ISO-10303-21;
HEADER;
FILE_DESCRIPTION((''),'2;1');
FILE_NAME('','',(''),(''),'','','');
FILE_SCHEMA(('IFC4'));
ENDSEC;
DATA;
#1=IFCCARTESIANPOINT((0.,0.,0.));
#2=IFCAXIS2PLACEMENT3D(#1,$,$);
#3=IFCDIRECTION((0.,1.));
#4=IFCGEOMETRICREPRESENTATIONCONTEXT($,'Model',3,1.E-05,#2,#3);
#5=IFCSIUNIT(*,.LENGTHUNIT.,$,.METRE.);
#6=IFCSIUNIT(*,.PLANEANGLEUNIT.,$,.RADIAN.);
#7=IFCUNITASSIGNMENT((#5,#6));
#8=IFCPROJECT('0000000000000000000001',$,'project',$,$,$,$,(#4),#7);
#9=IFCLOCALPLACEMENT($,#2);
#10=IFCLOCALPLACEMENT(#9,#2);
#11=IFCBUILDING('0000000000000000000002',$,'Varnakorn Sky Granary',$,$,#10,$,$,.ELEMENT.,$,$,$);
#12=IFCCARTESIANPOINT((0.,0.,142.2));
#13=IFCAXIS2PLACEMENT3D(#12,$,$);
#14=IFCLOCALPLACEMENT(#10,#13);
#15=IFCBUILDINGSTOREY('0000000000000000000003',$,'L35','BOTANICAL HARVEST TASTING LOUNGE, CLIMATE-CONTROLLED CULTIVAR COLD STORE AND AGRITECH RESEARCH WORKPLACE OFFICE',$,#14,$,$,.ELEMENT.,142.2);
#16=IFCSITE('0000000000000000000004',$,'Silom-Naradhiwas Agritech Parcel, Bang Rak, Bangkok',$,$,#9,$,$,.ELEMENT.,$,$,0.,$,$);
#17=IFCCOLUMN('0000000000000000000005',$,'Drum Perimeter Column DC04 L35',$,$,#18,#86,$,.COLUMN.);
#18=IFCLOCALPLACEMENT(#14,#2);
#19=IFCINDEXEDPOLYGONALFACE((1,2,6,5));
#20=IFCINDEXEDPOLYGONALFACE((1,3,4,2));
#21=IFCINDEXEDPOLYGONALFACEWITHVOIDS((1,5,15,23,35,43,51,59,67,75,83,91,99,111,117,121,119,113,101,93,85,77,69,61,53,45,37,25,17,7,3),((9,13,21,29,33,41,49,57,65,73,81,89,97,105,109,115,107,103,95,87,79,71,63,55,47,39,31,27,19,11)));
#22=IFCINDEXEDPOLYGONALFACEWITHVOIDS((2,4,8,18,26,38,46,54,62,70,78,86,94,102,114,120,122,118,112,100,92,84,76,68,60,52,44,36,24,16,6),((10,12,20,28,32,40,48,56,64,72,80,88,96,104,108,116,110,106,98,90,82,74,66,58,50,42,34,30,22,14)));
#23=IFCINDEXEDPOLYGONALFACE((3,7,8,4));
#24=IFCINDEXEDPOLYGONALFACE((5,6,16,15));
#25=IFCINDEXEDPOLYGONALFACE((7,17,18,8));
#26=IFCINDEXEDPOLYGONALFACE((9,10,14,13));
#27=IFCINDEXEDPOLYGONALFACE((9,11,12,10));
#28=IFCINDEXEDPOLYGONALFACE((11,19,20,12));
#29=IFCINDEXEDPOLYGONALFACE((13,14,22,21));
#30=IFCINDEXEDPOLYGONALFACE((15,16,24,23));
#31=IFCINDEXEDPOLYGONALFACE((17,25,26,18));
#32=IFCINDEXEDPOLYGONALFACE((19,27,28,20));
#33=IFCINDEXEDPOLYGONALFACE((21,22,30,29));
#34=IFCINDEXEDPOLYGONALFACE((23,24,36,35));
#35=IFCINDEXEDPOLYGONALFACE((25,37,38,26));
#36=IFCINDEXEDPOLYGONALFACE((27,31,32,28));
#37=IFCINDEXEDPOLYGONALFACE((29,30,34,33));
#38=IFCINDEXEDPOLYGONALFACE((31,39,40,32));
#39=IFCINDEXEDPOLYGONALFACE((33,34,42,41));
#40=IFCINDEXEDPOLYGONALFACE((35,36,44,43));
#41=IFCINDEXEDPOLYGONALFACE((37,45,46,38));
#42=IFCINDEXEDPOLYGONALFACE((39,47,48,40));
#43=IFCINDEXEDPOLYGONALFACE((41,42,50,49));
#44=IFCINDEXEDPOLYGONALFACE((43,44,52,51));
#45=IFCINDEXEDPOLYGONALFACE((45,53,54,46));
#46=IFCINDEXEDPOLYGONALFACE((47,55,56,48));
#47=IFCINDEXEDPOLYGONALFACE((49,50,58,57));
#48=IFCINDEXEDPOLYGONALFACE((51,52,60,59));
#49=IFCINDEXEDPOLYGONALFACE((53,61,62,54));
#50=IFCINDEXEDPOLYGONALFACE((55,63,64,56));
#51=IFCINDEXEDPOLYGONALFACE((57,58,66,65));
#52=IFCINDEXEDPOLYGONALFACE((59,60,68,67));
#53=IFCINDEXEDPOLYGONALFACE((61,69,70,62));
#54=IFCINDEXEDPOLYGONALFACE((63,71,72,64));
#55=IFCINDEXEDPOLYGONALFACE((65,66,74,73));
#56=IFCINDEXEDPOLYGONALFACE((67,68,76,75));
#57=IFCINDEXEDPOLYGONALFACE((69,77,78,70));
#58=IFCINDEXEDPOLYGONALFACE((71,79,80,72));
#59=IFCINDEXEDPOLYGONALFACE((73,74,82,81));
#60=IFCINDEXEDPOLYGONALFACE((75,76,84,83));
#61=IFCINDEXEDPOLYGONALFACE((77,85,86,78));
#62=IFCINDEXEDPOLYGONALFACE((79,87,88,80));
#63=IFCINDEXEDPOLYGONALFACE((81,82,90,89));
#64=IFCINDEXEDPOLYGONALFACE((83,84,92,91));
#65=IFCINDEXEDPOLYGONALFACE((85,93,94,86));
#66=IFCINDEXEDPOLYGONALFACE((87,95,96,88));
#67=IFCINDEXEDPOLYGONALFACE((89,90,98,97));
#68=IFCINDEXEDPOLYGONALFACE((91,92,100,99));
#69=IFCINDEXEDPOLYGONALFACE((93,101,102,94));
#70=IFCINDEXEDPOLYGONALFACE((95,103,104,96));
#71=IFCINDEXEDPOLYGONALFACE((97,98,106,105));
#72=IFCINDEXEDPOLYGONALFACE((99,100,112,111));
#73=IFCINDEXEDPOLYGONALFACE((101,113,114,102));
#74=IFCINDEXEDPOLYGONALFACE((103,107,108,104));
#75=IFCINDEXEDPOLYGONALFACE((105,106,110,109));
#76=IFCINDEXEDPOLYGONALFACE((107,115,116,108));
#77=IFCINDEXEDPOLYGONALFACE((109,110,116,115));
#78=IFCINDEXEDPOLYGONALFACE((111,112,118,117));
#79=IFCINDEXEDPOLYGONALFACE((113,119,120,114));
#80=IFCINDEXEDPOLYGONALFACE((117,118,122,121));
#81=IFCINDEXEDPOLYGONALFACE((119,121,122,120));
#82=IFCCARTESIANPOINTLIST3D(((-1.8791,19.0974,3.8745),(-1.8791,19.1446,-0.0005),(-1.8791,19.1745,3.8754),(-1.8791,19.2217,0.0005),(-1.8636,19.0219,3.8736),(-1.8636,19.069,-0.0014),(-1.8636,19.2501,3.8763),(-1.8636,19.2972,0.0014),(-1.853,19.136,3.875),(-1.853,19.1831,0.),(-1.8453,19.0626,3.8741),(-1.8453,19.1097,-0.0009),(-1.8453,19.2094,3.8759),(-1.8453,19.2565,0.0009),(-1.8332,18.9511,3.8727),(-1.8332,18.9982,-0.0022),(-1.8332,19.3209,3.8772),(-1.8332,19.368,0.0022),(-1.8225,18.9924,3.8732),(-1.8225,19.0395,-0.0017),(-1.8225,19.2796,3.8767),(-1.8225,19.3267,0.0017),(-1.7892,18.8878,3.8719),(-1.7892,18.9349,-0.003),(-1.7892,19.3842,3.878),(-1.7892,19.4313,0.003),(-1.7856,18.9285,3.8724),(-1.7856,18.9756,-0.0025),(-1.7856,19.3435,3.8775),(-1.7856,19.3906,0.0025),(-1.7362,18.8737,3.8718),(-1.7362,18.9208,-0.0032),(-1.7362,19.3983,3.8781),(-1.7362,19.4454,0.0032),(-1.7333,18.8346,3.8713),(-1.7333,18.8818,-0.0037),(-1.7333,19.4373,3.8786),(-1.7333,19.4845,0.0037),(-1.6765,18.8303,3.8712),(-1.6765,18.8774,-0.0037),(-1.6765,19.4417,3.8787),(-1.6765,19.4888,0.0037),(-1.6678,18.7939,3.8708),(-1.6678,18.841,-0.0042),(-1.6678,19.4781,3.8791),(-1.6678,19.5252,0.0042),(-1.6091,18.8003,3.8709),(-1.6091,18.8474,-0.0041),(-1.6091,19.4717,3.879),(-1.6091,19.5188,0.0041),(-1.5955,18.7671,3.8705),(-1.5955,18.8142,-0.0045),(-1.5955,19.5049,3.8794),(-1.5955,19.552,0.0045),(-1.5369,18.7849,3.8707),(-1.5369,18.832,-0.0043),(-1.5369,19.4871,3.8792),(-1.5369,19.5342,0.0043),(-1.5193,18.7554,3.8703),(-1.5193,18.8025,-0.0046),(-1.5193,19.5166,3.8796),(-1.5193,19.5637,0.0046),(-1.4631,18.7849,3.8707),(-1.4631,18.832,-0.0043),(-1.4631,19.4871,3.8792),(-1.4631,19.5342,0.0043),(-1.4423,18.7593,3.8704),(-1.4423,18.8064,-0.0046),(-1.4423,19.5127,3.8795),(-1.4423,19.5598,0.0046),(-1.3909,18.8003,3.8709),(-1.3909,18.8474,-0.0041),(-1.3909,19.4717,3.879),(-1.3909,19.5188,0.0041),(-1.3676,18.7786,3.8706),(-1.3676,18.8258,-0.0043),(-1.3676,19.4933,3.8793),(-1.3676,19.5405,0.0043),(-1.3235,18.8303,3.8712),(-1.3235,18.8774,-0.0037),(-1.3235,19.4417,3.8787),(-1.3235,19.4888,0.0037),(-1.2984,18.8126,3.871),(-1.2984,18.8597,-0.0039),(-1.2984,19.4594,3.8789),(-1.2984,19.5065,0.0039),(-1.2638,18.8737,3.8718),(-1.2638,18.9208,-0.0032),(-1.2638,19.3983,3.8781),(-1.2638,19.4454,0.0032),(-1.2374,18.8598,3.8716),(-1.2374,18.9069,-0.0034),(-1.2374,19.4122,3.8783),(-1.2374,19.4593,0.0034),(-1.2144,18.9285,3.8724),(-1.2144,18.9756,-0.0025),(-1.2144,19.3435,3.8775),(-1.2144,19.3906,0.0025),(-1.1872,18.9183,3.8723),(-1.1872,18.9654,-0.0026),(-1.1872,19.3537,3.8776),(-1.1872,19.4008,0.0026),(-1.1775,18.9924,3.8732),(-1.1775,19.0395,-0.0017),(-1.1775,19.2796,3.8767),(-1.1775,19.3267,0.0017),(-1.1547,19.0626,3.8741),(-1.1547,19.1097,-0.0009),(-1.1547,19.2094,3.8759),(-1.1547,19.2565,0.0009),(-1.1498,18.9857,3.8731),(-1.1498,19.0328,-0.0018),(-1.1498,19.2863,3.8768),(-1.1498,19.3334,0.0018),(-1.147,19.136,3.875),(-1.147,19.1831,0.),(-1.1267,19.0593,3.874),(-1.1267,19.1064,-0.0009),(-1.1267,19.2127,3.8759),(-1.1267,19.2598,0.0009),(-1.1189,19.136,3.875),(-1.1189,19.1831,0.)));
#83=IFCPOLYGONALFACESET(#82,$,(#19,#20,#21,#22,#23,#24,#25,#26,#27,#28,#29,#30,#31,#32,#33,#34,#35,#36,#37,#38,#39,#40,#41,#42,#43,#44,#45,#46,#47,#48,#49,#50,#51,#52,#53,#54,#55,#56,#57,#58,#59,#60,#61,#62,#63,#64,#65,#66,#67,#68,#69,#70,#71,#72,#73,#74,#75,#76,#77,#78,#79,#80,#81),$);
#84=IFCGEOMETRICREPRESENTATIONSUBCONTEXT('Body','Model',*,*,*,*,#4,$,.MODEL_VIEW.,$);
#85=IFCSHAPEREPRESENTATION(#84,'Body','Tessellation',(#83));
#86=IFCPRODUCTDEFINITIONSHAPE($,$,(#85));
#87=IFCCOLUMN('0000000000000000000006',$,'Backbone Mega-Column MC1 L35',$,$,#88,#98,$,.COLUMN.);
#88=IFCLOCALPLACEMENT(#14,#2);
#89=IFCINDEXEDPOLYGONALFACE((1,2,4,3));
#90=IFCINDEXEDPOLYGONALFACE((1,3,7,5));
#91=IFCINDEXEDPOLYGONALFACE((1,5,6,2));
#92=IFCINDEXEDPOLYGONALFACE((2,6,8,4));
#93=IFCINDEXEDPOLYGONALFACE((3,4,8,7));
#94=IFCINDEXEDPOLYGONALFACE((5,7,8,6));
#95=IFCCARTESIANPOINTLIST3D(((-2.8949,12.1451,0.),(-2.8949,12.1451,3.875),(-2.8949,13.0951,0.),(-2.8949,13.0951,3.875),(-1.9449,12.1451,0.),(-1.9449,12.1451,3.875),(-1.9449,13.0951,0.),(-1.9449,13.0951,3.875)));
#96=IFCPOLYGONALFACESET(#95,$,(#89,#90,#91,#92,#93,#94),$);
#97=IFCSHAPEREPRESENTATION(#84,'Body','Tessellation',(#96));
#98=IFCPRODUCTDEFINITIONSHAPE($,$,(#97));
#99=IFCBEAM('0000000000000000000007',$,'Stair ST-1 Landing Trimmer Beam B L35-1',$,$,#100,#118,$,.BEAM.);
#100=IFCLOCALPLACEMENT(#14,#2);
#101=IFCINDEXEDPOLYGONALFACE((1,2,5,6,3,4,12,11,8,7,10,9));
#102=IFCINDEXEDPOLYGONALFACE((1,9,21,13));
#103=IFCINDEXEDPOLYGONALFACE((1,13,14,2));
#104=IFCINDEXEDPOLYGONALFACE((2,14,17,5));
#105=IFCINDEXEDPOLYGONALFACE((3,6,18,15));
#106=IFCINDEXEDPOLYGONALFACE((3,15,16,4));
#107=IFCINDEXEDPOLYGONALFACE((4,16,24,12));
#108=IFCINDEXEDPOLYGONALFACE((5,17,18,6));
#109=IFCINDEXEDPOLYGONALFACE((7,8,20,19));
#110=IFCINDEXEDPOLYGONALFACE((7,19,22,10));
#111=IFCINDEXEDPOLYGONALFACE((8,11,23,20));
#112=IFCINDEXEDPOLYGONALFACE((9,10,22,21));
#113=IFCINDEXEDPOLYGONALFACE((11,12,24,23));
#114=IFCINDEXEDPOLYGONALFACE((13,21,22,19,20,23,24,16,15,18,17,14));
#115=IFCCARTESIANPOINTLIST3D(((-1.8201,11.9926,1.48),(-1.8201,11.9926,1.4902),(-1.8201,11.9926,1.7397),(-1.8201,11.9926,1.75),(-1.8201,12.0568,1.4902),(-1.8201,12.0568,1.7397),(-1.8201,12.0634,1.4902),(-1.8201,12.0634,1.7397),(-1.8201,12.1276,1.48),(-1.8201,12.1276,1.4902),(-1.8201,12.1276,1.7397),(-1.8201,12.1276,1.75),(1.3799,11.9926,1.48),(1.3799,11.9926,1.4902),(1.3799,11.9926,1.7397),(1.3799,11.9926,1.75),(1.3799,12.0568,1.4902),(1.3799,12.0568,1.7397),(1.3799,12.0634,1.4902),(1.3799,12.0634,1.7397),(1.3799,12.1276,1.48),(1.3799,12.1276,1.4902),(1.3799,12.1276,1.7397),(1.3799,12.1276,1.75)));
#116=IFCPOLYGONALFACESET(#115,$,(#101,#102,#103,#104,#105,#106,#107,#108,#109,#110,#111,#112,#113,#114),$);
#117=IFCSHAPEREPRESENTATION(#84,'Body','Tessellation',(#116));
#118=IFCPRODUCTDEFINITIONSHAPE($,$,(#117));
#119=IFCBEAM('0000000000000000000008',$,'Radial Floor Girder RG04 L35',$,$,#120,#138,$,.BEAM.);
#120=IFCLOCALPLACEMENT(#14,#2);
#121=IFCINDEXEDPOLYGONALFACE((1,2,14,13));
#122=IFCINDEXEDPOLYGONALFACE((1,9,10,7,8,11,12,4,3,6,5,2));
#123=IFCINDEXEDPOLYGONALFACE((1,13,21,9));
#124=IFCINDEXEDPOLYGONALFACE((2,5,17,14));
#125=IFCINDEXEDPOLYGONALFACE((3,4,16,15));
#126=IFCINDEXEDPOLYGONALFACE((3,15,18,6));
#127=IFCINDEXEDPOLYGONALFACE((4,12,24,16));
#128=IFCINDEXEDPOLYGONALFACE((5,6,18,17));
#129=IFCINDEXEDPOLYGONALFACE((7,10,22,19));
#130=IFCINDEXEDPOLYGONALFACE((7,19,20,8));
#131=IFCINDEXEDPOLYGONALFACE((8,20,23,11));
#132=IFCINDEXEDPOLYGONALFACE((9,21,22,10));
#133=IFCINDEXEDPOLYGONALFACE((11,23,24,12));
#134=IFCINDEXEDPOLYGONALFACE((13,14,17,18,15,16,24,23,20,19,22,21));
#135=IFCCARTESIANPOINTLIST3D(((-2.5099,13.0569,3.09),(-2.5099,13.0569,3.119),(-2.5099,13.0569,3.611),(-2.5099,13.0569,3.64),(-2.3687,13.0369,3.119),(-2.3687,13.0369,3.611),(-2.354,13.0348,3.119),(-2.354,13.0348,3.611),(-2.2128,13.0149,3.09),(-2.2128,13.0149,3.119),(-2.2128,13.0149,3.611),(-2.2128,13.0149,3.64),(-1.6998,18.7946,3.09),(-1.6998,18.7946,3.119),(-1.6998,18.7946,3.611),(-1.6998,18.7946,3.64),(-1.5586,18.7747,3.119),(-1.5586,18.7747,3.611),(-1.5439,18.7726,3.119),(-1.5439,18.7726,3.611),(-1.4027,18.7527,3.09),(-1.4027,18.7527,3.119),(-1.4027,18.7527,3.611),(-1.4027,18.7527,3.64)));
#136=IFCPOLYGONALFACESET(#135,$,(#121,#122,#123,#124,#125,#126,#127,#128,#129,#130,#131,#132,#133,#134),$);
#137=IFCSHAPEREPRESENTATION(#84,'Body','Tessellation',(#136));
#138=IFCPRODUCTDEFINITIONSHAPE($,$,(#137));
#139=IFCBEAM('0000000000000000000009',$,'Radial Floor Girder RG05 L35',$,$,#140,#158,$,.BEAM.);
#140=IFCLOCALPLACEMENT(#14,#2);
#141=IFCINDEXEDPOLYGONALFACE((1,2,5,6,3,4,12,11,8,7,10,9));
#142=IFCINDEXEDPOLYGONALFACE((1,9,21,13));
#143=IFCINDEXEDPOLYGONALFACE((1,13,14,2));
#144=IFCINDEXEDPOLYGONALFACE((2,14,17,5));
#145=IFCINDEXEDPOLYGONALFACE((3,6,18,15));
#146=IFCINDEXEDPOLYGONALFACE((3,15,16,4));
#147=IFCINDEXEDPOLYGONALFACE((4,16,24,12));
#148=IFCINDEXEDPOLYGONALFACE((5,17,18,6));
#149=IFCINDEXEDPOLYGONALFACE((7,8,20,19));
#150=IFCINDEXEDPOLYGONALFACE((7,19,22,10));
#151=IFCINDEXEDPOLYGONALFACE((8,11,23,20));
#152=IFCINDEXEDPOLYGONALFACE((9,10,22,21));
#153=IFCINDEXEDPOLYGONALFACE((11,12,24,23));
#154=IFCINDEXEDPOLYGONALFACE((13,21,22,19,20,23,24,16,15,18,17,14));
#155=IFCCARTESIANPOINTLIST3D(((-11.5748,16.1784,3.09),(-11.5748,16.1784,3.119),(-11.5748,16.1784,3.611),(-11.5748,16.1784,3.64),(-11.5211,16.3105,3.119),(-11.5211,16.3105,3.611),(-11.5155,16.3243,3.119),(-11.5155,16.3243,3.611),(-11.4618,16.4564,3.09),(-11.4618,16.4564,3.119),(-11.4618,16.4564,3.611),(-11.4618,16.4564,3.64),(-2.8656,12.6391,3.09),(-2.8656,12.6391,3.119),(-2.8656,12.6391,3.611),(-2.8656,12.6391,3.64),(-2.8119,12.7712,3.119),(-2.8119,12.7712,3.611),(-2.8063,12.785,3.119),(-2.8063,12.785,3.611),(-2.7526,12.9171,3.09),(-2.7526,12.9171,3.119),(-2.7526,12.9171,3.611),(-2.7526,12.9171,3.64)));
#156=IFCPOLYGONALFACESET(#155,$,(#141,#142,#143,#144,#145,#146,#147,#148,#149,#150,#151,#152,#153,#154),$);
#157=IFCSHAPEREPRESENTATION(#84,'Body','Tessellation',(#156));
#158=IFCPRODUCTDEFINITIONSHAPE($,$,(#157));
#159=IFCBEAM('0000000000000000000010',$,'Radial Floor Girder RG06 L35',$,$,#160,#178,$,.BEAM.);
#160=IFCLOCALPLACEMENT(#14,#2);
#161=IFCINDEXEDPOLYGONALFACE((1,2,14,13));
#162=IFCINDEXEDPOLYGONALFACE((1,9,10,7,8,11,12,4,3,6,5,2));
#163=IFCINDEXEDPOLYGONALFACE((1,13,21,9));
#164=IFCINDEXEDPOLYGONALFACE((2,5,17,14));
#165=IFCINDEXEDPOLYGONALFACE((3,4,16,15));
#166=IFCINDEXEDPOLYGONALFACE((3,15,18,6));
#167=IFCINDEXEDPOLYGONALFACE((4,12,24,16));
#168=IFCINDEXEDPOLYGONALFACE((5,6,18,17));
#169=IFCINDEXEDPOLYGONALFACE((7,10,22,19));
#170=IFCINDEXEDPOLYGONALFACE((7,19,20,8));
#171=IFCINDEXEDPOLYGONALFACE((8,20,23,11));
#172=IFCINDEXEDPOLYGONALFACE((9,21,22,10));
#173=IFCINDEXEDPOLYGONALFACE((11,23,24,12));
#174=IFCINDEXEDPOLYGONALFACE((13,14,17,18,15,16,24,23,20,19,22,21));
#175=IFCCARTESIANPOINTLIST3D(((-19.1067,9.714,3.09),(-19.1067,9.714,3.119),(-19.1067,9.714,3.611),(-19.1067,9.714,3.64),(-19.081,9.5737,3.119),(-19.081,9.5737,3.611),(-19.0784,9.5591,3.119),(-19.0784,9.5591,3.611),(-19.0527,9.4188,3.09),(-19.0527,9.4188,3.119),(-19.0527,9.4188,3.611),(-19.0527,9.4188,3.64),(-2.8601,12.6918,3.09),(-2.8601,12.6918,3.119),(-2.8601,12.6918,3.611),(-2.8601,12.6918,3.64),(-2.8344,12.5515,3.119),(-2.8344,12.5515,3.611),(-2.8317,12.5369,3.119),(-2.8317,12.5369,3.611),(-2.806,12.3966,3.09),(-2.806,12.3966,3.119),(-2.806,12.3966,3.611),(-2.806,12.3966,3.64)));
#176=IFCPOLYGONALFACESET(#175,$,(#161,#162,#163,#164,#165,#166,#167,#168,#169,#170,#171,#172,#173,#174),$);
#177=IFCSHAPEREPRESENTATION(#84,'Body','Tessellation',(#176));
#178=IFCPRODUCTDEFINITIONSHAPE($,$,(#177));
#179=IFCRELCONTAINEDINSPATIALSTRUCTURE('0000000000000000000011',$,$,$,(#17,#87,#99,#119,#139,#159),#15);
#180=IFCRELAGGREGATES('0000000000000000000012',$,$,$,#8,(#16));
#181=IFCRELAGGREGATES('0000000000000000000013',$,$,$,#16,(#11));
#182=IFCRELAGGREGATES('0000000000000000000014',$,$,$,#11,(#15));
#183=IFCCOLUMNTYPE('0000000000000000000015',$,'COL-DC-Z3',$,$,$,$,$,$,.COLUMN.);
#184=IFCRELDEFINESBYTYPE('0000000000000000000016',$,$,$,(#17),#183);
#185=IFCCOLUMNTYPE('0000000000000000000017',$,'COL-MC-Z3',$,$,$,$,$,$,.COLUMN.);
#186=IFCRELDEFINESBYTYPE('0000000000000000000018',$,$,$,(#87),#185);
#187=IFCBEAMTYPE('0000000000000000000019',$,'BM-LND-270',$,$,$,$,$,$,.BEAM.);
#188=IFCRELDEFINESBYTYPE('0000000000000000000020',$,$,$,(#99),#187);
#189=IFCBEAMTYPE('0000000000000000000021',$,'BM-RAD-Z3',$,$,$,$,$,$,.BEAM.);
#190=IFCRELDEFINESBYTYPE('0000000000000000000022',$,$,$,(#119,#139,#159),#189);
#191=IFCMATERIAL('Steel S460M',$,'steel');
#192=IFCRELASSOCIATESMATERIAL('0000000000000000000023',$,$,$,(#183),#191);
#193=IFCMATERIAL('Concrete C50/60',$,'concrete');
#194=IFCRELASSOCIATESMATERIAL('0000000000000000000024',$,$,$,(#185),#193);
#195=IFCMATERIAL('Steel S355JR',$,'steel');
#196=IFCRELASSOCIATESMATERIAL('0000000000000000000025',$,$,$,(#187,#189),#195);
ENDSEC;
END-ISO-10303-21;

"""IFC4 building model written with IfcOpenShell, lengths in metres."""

from ifc_helpers import new_model, si_unit, direction, frame, origin, origin_2d, place, context, subcontext, project, spatial, rectangle, hollow_circle, i_section, extrude, material, material_profile, profile_set, type_object, element, save


model = new_model("IFC4")

# Units and contexts
model_context = context("Model", 3, precision=1e-05, world=origin(), true_north=direction((0.0, 1.0)))
body_context = subcontext(model_context, "Body", "Model", "MODEL_VIEW")
ifc_project = project(units=[si_unit("LENGTHUNIT", "METRE"), si_unit("PLANEANGLEUNIT", "RADIAN")], contexts=[model_context])

# Site, building, storey
site_placement = place(None, origin())
site = spatial("IfcSite", under=ifc_project, at=site_placement, Name="Silom-Naradhiwas Agritech Parcel, Bang Rak, Bangkok", CompositionType="ELEMENT", RefElevation=0.0)
building_placement = place(site_placement, origin())
building = spatial("IfcBuilding", under=site, at=building_placement, Name="Varnakorn Sky Granary", CompositionType="ELEMENT")
storey_placement = place(building_placement, frame((0.0, 0.0, 142.2)))
storey = spatial("IfcBuildingStorey", under=building, at=storey_placement, Name="L35", Description="BOTANICAL HARVEST TASTING LOUNGE, CLIMATE-CONTROLLED CULTIVAR COLD STORE AND AGRITECH RESEARCH WORKPLACE OFFICE", CompositionType="ELEMENT", Elevation=142.2)

# Columns
ifc_material_1 = material(Name="Steel S460M", Category="steel")
ifc_material_profile_1 = material_profile(ifc_material_1, hollow_circle(Radius=0.3811, WallThickness=0.0281, at=origin_2d()), Name="CHS 762x28")
ifc_profile_set_1 = profile_set([ifc_material_profile_1], Name="Steel S460M")
column_type_1 = type_object("IfcColumnType", Name="COL-DC-Z3", PredefinedType="COLUMN", material=ifc_profile_set_1)
column_1_placement = place(storey_placement, frame((-1.5, 19.1831, 0.0), z_axis=(0.0, -0.012159, 0.999926), x_axis=(1.0, 0.0, 0.0)))
element("IfcColumn", 1, at=column_1_placement, inside=storey, type_object=column_type_1, Name="Drum Perimeter Column DC04 L35", PredefinedType="COLUMN", context=body_context, shape_type="SweptSolid", body=[
    extrude(hollow_circle(Radius=0.3811, WallThickness=0.0281, at=origin_2d()), origin(), (0.0, 0.0, 1.0), 3.8752),
])
ifc_material_2 = material(Name="Concrete C50/60", Category="concrete")
ifc_material_profile_2 = material_profile(ifc_material_2, rectangle(XDim=0.95, YDim=0.95, at=origin_2d()), Name="RC 950x950")
ifc_profile_set_2 = profile_set([ifc_material_profile_2], Name="Concrete C50/60")
column_type_2 = type_object("IfcColumnType", Name="COL-MC-Z3", PredefinedType="COLUMN", material=ifc_profile_set_2)
column_2_placement = place(storey_placement, frame((-2.4199, 12.6201, 0.0), z_axis=(0.0, 0.0, 1.0), x_axis=(1.0, 0.0, 0.0)))
element("IfcColumn", 2, at=column_2_placement, inside=storey, type_object=column_type_2, Name="Backbone Mega-Column MC1 L35", PredefinedType="COLUMN", context=body_context, shape_type="SweptSolid", body=[
    extrude(rectangle(XDim=0.95, YDim=0.95, at=origin_2d()), origin(), (0.0, 0.0, 1.0), 3.875),
])

# Beams
ifc_material_3 = material(Name="Steel S355JR", Category="steel")
ifc_material_profile_3 = material_profile(ifc_material_3, i_section(OverallWidth=0.135, OverallDepth=0.27, WebThickness=0.0066, FlangeThickness=0.0103, at=origin_2d()), Name="IPE 270")
ifc_profile_set_3 = profile_set([ifc_material_profile_3], Name="Steel S355JR")
beam_type_1 = type_object("IfcBeamType", Name="BM-LND-270", PredefinedType="BEAM", material=ifc_profile_set_3)
beam_1_placement = place(storey_placement, frame((-1.8201, 12.0601, 1.615), z_axis=(1.0, 0.0, 0.0), x_axis=(0.0, 1.0, 0.0)))
element("IfcBeam", 3, at=beam_1_placement, inside=storey, type_object=beam_type_1, Name="Stair ST-1 Landing Trimmer Beam B L35-1", PredefinedType="BEAM", context=body_context, shape_type="SweptSolid", body=[
    extrude(i_section(OverallWidth=0.135, OverallDepth=0.27, WebThickness=0.0066, FlangeThickness=0.0103, at=origin_2d()), origin(), (0.0, 0.0, 1.0), 3.2),
])
ifc_material_profile_4 = material_profile(ifc_material_3, i_section(OverallWidth=0.3, OverallDepth=0.55, WebThickness=0.0149, FlangeThickness=0.0291, at=origin_2d()), Name="HE 550 B")
ifc_profile_set_4 = profile_set([ifc_material_profile_4], Name="Steel S355JR")
beam_type_2 = type_object("IfcBeamType", Name="BM-RAD-Z3", PredefinedType="BEAM", material=ifc_profile_set_4)
beam_2_placement = place(storey_placement, frame((-2.3613, 13.0359, 3.365), z_axis=(0.139793, 0.990181, 0.0), x_axis=(-0.990181, 0.139793, 0.0)))
element("IfcBeam", 4, at=beam_2_placement, inside=storey, type_object=beam_type_2, Name="Radial Floor Girder RG04 L35", PredefinedType="BEAM", context=body_context, shape_type="SweptSolid", body=[
    extrude(i_section(OverallWidth=0.3, OverallDepth=0.55, WebThickness=0.0149, FlangeThickness=0.0291, at=origin_2d()), origin(), (0.0, 0.0, 1.0), 5.7947),
])
beam_3_placement = place(storey_placement, frame((-2.8091, 12.7781, 3.365), z_axis=(-0.926423, 0.376485, 0.0), x_axis=(-0.376485, -0.926423, 0.0)))
element("IfcBeam", 5, at=beam_3_placement, inside=storey, type_object=beam_type_2, Name="Radial Floor Girder RG05 L35", PredefinedType="BEAM", context=body_context, shape_type="SweptSolid", body=[
    extrude(i_section(OverallWidth=0.3, OverallDepth=0.55, WebThickness=0.0149, FlangeThickness=0.0291, at=origin_2d()), origin(), (0.0, 0.0, 1.0), 9.4009),
])
beam_4_placement = place(storey_placement, frame((-2.833, 12.5442, 3.365), z_axis=(-0.983615, -0.180284, 0.0), x_axis=(0.180284, -0.983615, 0.0)))
element("IfcBeam", 6, at=beam_4_placement, inside=storey, type_object=beam_type_2, Name="Radial Floor Girder RG06 L35", PredefinedType="BEAM", context=body_context, shape_type="SweptSolid", body=[
    extrude(i_section(OverallWidth=0.3, OverallDepth=0.55, WebThickness=0.0149, FlangeThickness=0.0291, at=origin_2d()), origin(), (0.0, 0.0, 1.0), 16.5173),
])

save(model, "model.ifc")
